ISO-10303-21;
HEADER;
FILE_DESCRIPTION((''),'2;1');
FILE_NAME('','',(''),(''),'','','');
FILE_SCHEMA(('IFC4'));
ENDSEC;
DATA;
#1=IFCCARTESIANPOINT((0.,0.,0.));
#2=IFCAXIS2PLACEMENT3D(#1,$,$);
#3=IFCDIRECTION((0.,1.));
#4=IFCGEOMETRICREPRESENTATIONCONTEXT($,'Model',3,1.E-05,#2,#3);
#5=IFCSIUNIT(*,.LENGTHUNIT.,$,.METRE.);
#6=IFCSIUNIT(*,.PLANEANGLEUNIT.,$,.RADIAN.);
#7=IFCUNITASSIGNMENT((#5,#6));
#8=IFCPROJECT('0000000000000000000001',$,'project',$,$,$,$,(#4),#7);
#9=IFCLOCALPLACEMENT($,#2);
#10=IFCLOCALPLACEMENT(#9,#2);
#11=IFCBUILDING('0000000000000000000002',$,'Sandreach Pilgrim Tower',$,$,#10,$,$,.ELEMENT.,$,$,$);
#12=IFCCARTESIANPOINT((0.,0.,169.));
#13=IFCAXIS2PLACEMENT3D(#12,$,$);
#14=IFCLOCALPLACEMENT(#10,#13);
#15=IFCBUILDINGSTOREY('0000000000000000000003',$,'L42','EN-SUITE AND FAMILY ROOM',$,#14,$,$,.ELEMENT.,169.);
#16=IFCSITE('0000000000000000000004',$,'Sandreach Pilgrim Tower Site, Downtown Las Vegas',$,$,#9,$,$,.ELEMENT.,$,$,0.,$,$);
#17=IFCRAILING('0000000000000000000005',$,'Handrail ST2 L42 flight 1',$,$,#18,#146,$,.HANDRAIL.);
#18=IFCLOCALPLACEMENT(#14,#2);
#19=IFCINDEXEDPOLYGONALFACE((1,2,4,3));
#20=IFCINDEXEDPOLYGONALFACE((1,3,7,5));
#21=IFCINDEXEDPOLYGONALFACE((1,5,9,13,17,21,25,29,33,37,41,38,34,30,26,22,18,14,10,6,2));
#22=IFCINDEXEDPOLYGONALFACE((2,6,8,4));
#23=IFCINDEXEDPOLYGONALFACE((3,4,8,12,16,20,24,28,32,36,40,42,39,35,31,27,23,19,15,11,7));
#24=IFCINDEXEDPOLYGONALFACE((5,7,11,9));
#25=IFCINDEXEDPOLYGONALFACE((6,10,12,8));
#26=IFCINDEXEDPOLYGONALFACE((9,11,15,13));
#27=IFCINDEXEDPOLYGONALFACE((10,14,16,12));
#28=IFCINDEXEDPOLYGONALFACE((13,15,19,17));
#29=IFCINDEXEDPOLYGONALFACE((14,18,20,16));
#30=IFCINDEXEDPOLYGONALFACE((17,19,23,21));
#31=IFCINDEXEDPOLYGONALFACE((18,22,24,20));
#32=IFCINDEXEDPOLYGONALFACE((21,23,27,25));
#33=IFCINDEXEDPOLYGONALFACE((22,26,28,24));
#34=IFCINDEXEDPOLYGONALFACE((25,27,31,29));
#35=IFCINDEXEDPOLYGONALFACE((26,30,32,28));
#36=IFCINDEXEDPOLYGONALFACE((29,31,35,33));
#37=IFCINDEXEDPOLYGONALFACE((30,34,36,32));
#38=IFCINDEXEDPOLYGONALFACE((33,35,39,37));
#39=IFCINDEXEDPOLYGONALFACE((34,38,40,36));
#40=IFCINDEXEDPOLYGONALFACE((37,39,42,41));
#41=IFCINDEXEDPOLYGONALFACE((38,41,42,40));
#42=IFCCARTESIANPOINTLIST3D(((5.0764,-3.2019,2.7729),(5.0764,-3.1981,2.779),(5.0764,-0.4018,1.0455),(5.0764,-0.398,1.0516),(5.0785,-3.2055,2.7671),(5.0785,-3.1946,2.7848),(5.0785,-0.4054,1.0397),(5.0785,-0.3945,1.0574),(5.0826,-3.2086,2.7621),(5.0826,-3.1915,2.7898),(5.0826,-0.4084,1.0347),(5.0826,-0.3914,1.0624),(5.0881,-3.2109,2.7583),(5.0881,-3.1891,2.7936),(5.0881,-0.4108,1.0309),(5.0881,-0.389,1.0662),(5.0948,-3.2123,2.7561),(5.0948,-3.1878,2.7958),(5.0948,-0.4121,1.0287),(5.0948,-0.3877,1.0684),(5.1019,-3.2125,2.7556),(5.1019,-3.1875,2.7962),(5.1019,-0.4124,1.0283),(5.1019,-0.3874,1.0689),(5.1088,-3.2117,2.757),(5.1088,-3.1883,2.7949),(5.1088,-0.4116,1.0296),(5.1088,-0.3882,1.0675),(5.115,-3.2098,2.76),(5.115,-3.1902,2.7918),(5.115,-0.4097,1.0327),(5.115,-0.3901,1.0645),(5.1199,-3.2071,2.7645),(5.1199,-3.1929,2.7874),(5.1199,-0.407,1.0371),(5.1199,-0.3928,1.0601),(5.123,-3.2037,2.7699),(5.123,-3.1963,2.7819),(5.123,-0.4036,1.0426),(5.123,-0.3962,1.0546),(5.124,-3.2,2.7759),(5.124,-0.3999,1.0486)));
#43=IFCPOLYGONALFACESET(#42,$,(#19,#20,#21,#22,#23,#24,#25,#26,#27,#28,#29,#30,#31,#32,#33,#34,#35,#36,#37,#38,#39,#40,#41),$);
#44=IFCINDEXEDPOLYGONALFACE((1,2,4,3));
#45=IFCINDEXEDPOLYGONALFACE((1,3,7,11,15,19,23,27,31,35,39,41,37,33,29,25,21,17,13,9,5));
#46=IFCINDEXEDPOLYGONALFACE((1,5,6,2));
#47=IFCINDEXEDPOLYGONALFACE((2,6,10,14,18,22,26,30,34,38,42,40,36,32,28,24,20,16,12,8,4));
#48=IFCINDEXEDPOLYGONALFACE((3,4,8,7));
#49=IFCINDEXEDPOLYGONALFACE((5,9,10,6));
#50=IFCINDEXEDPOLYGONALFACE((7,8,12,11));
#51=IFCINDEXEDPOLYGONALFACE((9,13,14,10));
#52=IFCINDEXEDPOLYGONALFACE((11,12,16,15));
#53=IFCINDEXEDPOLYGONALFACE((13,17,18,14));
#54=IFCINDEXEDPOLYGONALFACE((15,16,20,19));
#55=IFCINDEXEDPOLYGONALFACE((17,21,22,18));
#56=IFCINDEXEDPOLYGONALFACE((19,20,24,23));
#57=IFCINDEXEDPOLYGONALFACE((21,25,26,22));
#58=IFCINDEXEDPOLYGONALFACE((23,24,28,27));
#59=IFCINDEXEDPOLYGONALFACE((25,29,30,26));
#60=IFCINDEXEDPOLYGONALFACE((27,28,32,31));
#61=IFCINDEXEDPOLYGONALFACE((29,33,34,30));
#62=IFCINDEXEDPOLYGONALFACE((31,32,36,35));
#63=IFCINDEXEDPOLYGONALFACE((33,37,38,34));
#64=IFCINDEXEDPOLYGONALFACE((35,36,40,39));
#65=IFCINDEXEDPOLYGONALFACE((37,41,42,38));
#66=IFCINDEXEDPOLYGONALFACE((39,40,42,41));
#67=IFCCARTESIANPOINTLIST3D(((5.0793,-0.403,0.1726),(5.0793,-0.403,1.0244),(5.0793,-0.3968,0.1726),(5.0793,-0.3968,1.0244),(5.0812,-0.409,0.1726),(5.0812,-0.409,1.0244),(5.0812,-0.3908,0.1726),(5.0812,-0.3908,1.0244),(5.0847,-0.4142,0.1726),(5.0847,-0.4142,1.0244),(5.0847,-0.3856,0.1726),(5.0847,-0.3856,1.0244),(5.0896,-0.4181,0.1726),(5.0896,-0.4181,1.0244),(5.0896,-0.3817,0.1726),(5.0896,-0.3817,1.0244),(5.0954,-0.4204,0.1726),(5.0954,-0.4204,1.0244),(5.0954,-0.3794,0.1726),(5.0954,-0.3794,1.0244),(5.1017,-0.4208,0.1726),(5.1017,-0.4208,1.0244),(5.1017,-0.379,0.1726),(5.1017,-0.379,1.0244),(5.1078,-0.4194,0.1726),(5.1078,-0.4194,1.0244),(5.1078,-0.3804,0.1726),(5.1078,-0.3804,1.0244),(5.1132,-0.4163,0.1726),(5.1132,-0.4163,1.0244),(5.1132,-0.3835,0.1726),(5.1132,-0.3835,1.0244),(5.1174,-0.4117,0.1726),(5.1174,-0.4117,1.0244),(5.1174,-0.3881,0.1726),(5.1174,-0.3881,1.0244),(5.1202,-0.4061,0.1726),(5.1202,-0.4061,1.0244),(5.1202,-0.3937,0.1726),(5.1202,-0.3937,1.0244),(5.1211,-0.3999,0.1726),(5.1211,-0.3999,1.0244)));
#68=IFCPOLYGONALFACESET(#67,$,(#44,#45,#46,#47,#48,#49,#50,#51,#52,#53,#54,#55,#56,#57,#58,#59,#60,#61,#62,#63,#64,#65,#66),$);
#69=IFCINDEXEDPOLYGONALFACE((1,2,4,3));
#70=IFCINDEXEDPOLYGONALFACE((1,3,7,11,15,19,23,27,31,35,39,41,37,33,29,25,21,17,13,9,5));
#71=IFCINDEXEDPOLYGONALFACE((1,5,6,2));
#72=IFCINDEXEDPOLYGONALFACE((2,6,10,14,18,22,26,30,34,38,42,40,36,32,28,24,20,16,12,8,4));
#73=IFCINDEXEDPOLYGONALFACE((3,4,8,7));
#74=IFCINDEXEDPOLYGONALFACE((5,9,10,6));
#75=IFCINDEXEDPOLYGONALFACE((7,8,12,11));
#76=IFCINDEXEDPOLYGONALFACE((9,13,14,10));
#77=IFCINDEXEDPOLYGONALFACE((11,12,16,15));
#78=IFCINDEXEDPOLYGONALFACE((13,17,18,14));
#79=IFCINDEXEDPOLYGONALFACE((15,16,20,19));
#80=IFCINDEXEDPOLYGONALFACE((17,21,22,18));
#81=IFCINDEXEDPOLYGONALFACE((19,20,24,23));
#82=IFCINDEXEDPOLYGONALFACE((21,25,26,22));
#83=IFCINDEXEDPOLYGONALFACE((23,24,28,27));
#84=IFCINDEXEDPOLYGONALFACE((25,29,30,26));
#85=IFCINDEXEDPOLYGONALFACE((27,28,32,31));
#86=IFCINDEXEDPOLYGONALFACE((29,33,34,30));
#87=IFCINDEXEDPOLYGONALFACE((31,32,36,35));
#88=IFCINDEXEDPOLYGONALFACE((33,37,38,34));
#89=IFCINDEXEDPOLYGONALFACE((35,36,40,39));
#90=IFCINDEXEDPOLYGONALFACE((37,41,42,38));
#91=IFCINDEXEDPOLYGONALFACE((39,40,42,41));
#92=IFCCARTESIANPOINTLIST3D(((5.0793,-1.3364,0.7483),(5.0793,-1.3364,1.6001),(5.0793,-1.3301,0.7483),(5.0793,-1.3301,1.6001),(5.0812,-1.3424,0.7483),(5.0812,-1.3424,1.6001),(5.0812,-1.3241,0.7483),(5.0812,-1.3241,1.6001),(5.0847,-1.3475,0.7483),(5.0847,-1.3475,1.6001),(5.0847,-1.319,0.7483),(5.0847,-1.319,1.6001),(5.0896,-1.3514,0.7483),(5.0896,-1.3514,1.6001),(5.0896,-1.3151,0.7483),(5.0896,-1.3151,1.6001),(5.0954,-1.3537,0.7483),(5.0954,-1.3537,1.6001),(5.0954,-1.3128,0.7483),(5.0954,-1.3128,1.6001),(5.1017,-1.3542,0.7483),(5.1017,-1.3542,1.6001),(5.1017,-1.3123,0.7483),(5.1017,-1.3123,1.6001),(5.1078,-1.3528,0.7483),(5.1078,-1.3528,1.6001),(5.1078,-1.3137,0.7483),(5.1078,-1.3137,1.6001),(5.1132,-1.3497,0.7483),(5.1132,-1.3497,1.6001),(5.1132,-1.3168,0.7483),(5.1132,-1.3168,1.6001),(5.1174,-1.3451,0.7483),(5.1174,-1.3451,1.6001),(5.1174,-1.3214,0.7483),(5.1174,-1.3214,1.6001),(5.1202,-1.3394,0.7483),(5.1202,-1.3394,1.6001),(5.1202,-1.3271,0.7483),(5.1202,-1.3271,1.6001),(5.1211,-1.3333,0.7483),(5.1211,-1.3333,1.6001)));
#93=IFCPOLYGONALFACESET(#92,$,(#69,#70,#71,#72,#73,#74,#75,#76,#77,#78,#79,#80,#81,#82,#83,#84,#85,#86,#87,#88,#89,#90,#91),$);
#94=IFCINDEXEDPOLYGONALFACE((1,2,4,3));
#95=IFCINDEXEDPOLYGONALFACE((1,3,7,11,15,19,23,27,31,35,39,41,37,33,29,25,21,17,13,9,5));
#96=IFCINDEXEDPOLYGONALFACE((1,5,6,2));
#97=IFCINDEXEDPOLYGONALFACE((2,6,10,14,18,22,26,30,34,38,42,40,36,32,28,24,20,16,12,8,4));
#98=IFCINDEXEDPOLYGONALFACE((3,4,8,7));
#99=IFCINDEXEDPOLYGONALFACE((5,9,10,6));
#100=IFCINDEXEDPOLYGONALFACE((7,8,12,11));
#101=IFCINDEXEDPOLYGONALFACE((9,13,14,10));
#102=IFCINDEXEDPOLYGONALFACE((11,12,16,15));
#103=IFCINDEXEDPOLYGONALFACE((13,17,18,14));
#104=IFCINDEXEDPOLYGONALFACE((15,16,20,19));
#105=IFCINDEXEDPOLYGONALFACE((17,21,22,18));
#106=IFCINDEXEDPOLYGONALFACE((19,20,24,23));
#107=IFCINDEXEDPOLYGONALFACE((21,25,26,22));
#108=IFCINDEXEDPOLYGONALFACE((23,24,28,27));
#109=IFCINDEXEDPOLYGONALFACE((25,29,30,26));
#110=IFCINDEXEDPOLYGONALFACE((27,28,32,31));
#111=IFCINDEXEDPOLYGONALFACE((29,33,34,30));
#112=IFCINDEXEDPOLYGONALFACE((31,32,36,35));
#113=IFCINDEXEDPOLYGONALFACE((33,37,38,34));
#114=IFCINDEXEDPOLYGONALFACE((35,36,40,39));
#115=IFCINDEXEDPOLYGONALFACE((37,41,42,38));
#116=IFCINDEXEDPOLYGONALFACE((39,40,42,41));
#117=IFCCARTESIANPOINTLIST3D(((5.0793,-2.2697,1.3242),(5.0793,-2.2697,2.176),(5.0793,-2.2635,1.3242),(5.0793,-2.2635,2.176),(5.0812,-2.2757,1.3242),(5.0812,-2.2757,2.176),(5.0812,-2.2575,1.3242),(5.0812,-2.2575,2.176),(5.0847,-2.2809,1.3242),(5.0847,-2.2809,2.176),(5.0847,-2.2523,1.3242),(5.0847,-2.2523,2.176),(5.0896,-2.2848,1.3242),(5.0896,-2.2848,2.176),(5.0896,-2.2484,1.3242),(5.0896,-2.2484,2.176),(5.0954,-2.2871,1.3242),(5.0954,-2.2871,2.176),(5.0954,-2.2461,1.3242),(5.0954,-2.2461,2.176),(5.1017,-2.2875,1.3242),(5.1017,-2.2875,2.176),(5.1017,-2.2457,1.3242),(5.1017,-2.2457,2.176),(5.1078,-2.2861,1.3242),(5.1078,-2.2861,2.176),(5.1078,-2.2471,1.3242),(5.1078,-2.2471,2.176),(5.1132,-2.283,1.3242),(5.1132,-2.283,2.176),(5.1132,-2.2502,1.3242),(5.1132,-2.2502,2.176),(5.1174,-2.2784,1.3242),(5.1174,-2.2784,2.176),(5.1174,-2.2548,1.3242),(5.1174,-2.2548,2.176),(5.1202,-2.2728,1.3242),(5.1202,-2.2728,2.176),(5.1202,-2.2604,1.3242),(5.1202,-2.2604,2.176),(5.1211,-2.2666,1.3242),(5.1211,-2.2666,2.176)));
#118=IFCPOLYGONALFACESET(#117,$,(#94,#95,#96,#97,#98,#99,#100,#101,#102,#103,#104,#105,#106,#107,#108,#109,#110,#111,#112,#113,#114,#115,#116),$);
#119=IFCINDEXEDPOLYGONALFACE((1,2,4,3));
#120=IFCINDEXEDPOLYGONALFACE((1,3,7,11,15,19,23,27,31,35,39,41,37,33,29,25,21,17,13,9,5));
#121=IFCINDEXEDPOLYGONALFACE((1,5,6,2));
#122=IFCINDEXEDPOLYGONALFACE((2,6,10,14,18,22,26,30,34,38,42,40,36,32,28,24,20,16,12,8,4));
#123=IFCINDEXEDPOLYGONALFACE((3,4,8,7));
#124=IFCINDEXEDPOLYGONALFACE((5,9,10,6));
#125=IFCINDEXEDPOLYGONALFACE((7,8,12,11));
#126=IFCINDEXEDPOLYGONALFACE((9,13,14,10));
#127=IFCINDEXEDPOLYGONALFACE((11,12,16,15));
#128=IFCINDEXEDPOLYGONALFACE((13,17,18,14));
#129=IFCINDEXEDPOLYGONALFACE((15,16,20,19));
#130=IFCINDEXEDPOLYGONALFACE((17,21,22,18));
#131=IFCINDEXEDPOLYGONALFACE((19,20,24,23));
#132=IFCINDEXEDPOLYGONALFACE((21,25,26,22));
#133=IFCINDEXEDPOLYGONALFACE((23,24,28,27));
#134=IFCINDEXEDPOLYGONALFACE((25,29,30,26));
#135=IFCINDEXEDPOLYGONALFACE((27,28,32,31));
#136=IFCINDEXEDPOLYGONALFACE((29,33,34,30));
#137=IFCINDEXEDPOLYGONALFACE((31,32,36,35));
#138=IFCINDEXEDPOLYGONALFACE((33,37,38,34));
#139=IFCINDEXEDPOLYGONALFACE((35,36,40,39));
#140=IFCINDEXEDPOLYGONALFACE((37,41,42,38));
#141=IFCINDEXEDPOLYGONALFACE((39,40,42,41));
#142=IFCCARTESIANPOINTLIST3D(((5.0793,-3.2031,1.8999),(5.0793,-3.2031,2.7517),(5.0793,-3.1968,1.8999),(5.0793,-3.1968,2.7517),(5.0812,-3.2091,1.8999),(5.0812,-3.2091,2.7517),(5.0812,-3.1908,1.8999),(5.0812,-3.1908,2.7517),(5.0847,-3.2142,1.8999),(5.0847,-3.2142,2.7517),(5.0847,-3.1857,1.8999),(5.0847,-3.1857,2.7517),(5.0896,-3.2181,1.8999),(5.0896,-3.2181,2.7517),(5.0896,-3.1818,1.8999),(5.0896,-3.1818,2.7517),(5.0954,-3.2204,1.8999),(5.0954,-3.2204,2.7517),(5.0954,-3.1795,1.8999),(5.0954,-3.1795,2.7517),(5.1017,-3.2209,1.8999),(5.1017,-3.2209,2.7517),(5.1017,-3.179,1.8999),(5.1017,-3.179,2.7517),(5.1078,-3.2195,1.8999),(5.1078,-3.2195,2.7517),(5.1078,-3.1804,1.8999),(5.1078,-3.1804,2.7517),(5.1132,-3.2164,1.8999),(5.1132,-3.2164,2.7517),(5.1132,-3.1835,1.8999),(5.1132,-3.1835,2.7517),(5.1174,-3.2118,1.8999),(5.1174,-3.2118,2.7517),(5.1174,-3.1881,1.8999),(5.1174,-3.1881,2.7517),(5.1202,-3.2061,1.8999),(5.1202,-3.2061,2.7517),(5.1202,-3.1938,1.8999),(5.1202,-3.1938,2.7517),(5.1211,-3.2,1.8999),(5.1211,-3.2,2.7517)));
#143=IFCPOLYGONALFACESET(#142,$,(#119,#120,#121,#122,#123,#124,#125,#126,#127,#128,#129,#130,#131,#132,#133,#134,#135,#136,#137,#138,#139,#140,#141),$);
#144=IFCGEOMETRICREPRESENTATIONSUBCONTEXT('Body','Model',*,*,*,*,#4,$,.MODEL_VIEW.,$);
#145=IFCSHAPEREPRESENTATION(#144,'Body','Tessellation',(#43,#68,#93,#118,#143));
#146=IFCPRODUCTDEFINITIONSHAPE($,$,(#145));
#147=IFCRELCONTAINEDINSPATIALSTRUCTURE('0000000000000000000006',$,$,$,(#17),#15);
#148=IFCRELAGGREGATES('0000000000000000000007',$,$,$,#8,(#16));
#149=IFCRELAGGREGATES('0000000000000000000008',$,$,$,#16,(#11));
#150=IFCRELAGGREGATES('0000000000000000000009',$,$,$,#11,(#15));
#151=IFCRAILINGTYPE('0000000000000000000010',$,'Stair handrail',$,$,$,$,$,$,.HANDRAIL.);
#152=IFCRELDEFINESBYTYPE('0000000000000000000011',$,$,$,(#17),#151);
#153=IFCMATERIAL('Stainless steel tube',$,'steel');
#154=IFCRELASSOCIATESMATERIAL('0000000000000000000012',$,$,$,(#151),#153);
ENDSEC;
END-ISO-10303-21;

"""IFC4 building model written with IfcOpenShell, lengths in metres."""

from ifc_helpers import new_model, si_unit, direction, frame, origin, origin_2d, place, context, subcontext, project, spatial, circle, extrude, material, type_object, element, save


model = new_model("IFC4")

# Units and contexts
model_context = context("Model", 3, precision=1e-05, world=origin(), true_north=direction((0.0, 1.0)))
body_context = subcontext(model_context, "Body", "Model", "MODEL_VIEW")
ifc_project = project(units=[si_unit("LENGTHUNIT", "METRE"), si_unit("PLANEANGLEUNIT", "RADIAN")], contexts=[model_context])

# Site, building, storey
site_placement = place(None, origin())
site = spatial("IfcSite", under=ifc_project, at=site_placement, Name="Sandreach Pilgrim Tower Site, Downtown Las Vegas", CompositionType="ELEMENT", RefElevation=0.0)
building_placement = place(site_placement, origin())
building = spatial("IfcBuilding", under=site, at=building_placement, Name="Sandreach Pilgrim Tower", CompositionType="ELEMENT")
storey_placement = place(building_placement, frame((0.0, 0.0, 169.0)))
storey = spatial("IfcBuildingStorey", under=building, at=storey_placement, Name="L42", Description="EN-SUITE AND FAMILY ROOM", CompositionType="ELEMENT", Elevation=169.0)

# Railing
ifc_material_1 = material(Name="Stainless steel tube", Category="steel")
railing_type = type_object("IfcRailingType", Name="Stair handrail", PredefinedType="HANDRAIL", material=ifc_material_1)
for number, where, name in (
    (1, (5.1001, -0.3999, 0.1726), "Handrail ST2 L42 flight 1"),
):
    element("IfcRailing", number, at=place(storey_placement, frame(where)), inside=storey, type_object=railing_type, Name=name, PredefinedType="HANDRAIL", context=body_context, shape_type="SweptSolid", body=[
        extrude(circle(Radius=0.0239, at=origin_2d()), frame((0.0, 0.0, 0.876), z_axis=(0.0, -0.85109, 0.52502), x_axis=(1.0, 0.0, 0.0)), (0.0, 0.0, 1.0), 3.29),
        extrude(circle(Radius=0.021, at=origin_2d()), origin(), (0.0, 0.0, 1.0), 0.8518),
        extrude(circle(Radius=0.021, at=origin_2d()), frame((0.0, -0.9333, 0.5757)), (0.0, 0.0, 1.0), 0.8518),
        extrude(circle(Radius=0.021, at=origin_2d()), frame((0.0, -1.8667, 1.1516)), (0.0, 0.0, 1.0), 0.8518),
        extrude(circle(Radius=0.021, at=origin_2d()), frame((0.0, -2.8, 1.7273)), (0.0, 0.0, 1.0), 0.8518),
    ])

save(model, "model.ifc")
